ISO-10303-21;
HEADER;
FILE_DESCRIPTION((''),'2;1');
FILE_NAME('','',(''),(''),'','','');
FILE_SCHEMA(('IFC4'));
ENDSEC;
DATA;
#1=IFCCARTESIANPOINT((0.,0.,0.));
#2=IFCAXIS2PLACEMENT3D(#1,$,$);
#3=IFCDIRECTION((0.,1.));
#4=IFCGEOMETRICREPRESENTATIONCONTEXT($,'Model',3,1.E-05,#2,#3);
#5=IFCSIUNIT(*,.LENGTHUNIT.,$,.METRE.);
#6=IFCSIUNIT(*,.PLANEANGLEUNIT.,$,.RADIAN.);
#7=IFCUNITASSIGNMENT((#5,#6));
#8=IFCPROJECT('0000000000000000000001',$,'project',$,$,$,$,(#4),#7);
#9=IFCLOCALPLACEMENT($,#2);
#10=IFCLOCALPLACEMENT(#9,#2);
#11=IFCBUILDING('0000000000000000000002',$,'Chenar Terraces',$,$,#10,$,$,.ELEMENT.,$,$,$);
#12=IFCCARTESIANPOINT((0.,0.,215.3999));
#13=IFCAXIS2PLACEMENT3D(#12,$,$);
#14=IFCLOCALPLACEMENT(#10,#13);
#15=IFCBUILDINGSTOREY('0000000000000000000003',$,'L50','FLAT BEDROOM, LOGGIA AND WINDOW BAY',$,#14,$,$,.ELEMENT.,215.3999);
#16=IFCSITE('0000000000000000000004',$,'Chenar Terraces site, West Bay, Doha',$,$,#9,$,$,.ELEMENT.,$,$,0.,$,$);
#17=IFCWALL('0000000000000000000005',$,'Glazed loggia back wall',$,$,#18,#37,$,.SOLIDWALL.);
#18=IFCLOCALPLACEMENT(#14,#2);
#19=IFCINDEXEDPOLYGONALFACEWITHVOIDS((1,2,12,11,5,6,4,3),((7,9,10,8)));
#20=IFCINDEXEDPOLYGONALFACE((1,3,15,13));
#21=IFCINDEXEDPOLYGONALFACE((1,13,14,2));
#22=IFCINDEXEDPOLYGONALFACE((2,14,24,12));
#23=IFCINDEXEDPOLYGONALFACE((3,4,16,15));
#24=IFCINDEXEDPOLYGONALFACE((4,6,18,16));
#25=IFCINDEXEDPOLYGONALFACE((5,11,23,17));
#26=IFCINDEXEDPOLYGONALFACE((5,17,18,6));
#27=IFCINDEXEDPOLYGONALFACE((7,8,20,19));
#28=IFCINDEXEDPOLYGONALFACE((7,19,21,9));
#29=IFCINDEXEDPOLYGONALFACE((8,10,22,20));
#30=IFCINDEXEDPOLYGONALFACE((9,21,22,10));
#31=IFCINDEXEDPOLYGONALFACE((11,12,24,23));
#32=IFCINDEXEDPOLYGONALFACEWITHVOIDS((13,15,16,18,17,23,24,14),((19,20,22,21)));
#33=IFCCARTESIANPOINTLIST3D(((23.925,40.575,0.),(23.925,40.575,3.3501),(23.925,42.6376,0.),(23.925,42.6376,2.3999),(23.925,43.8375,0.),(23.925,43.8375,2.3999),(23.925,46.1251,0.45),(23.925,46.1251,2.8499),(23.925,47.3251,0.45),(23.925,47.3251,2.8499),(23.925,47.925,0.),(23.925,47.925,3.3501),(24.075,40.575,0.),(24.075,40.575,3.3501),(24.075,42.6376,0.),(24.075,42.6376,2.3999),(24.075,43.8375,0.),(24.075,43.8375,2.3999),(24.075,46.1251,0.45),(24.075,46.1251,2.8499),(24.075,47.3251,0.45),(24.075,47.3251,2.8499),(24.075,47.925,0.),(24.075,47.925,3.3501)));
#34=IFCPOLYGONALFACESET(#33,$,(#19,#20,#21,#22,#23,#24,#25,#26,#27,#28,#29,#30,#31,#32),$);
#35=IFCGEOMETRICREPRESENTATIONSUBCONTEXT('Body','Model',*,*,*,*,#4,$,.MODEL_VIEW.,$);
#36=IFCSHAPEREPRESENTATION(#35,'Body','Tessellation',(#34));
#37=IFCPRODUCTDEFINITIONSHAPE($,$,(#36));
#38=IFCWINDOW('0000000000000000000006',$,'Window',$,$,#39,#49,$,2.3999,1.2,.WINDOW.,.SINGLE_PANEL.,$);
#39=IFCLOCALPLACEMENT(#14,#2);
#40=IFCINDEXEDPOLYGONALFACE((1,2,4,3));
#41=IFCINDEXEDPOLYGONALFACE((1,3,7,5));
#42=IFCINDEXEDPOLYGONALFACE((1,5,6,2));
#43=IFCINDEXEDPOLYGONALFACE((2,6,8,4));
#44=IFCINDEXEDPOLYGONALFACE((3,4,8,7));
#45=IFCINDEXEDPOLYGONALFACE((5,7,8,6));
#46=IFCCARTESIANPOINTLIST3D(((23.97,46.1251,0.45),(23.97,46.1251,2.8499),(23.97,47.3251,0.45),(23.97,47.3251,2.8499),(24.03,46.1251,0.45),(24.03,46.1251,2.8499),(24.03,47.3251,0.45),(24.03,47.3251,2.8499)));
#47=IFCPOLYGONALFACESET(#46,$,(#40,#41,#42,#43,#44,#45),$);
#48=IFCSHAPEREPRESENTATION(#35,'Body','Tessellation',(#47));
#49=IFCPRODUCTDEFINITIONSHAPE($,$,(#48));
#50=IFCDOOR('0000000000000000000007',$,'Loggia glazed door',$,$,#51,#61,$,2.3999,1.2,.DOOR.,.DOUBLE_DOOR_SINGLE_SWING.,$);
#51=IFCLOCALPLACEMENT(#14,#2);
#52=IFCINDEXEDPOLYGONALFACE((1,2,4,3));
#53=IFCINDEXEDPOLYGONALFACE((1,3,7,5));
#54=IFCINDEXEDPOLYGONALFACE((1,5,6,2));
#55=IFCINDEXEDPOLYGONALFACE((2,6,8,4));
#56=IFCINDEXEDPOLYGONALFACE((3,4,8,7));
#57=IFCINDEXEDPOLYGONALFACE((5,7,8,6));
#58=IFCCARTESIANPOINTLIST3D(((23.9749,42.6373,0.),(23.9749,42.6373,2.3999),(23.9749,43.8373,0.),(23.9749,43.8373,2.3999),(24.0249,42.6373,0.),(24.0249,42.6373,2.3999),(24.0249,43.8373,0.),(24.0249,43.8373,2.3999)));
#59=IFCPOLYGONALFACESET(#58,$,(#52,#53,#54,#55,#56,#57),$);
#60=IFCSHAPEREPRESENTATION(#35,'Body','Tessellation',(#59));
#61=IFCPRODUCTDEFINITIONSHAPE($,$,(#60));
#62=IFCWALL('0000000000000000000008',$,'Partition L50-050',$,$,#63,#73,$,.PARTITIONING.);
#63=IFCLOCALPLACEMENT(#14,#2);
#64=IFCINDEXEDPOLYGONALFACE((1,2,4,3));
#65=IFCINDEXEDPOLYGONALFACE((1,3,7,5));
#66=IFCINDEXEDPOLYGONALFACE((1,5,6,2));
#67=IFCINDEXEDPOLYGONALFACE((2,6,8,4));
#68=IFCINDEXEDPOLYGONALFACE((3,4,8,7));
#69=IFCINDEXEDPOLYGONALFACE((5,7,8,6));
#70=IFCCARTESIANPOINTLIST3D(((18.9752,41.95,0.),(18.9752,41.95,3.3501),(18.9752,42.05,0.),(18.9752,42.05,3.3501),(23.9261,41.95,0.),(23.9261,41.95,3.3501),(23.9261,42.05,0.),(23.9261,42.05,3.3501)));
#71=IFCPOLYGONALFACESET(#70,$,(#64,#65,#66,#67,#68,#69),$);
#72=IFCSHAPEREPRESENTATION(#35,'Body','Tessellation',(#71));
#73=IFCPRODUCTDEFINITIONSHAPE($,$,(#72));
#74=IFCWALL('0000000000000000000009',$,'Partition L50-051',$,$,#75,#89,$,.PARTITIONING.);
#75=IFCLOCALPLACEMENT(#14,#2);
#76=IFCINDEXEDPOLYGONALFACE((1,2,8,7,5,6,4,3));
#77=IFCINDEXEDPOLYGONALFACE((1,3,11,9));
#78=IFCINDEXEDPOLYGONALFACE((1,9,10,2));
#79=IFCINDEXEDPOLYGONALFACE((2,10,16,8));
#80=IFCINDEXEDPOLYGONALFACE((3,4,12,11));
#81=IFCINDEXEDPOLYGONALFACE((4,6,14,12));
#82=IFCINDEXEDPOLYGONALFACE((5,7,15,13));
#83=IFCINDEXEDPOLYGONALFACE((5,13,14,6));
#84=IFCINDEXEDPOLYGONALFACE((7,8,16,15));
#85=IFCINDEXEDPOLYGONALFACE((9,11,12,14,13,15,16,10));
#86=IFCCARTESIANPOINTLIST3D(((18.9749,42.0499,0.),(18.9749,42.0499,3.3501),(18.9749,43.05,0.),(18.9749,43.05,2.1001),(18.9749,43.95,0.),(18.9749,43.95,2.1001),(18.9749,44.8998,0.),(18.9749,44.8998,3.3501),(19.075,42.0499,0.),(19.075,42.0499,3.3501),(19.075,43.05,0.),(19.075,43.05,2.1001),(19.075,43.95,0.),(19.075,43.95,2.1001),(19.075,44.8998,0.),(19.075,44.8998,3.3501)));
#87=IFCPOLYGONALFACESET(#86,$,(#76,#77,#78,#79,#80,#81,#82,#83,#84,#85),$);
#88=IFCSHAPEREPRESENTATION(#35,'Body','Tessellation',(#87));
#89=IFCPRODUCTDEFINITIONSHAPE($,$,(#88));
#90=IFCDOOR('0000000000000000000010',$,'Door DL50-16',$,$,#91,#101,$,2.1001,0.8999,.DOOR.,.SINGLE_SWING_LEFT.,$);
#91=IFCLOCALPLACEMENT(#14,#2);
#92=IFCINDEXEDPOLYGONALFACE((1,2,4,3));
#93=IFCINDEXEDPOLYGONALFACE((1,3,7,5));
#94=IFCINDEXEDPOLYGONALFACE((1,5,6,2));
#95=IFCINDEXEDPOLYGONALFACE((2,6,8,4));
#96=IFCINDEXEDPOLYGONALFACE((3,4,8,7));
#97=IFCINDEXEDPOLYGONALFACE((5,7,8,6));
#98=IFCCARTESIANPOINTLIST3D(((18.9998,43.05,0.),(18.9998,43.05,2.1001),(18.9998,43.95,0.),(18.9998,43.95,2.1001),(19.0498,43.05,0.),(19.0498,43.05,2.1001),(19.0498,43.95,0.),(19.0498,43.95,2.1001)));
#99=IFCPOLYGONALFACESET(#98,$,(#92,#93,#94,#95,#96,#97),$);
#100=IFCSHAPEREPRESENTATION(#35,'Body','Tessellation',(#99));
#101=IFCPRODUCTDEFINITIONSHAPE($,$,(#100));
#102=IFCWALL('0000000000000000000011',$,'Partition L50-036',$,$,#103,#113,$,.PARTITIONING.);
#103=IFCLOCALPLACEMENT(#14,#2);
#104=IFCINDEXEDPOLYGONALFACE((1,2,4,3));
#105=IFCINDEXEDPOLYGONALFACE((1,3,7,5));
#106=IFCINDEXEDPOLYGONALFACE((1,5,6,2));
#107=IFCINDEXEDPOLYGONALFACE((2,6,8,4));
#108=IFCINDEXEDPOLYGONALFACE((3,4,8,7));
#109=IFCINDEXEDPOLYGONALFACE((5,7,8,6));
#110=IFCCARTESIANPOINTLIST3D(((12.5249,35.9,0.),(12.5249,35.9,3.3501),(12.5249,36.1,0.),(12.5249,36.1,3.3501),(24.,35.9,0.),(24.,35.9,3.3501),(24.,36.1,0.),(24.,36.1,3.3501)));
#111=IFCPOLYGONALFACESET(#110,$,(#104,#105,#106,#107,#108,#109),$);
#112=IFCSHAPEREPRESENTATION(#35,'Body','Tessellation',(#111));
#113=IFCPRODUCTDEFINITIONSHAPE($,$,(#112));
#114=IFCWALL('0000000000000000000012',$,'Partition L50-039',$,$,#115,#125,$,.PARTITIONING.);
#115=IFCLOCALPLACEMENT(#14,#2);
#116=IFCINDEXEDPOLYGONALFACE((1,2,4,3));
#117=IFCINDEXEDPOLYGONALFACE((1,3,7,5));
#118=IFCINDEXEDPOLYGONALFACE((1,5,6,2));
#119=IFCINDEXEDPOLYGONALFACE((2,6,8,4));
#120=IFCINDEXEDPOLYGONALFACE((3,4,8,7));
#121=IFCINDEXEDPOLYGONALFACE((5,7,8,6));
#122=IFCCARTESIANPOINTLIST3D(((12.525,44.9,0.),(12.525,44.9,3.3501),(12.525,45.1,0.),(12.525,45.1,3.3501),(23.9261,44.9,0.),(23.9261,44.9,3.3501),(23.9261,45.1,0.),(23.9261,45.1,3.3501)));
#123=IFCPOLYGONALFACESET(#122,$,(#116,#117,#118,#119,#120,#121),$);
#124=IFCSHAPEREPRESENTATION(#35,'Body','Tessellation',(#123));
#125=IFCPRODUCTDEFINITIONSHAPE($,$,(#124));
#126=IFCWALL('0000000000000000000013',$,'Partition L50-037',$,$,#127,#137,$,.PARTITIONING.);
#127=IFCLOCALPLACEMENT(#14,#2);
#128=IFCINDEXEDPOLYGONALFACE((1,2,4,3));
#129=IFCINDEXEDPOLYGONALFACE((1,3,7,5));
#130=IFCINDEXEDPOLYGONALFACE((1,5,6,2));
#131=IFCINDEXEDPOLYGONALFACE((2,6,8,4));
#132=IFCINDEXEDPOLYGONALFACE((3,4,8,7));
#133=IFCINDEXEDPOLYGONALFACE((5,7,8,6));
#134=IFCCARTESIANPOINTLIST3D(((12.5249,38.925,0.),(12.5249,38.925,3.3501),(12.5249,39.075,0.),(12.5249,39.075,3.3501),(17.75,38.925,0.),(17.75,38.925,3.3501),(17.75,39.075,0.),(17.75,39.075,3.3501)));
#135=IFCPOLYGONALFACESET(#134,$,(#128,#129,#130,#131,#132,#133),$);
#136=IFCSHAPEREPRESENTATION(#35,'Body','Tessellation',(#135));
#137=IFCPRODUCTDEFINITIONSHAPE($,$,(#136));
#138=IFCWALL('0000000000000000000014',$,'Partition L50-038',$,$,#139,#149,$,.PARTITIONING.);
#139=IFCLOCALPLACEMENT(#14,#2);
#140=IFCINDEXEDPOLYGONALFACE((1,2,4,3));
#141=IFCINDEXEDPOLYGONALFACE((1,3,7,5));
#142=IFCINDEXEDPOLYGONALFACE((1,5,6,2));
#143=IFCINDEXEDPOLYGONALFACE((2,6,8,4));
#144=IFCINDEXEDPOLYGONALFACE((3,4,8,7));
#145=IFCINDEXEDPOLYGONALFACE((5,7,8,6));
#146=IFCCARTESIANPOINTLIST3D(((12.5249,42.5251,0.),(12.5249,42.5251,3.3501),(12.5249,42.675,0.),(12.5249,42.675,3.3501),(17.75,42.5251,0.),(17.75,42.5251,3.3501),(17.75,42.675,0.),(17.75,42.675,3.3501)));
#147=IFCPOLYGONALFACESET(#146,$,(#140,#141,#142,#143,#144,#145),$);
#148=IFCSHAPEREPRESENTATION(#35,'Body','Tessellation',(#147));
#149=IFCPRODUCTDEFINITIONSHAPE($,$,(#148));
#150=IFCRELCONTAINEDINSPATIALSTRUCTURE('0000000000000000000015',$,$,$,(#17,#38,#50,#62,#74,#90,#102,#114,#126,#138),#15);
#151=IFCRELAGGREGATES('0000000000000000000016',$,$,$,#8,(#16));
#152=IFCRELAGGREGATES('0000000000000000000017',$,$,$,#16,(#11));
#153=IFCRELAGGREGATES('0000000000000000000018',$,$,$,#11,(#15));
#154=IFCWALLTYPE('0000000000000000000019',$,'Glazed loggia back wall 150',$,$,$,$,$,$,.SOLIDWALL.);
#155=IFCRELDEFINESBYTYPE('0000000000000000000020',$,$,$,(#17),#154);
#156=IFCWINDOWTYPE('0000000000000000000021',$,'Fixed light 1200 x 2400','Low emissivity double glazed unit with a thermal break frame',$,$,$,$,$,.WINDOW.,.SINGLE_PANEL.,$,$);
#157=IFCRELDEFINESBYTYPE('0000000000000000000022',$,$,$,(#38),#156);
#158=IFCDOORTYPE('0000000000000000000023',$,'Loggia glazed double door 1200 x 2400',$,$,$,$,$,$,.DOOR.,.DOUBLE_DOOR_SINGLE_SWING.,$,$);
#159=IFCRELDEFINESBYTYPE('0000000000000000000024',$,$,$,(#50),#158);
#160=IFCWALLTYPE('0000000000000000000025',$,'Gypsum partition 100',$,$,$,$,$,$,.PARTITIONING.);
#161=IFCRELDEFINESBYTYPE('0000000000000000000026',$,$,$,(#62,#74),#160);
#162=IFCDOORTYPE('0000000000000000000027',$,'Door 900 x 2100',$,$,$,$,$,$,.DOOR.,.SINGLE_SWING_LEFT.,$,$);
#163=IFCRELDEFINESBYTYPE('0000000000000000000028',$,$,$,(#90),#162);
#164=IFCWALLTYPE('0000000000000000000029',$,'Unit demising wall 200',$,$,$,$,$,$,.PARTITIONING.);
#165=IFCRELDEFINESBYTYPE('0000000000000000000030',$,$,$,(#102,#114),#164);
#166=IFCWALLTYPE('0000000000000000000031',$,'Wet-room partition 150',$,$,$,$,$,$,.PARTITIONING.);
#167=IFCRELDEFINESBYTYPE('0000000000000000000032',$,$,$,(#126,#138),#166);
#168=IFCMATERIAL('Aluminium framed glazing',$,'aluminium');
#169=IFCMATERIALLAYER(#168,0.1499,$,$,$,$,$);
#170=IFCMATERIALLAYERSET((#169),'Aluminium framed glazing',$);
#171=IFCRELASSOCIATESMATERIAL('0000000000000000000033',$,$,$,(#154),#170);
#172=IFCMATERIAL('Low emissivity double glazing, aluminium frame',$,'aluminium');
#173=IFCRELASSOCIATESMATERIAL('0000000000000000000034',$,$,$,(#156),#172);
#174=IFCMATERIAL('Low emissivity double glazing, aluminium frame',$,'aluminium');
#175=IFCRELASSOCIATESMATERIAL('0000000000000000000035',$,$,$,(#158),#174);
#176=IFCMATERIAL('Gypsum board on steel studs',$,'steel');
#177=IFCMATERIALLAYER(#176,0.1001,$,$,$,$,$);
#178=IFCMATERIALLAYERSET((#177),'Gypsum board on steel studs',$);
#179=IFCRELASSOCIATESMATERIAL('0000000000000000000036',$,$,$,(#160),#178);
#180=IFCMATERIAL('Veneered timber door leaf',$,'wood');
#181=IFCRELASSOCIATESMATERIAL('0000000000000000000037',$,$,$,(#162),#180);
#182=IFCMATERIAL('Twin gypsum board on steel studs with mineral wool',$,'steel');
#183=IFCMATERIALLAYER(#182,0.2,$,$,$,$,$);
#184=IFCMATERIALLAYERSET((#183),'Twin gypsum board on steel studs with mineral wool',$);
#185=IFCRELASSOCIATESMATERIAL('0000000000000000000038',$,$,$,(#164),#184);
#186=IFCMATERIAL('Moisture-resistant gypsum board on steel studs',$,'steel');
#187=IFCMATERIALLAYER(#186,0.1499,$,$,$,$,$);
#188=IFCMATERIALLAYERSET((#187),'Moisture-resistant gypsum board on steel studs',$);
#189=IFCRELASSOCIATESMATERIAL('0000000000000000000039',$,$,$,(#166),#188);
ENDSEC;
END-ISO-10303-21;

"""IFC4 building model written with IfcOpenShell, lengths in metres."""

from ifc_helpers import new_model, si_unit, direction, frame, frame_2d, origin, place, context, subcontext, project, spatial, rectangle, extrude, material, layer, layer_set, type_object, element, fill, save


model = new_model("IFC4")

# Units and contexts
model_context = context("Model", 3, precision=1e-05, world=origin(), true_north=direction((0.0, 1.0)))
body_context = subcontext(model_context, "Body", "Model", "MODEL_VIEW")
ifc_project = project(units=[si_unit("LENGTHUNIT", "METRE"), si_unit("PLANEANGLEUNIT", "RADIAN")], contexts=[model_context])

# Site, building, storey
site_placement = place(None, origin())
site = spatial("IfcSite", under=ifc_project, at=site_placement, Name="Chenar Terraces site, West Bay, Doha", CompositionType="ELEMENT", RefElevation=0.0)
building_placement = place(site_placement, origin())
building = spatial("IfcBuilding", under=site, at=building_placement, Name="Chenar Terraces", CompositionType="ELEMENT")
storey_placement = place(building_placement, frame((0.0, 0.0, 215.3999)))
storey = spatial("IfcBuildingStorey", under=building, at=storey_placement, Name="L50", Description="FLAT BEDROOM, LOGGIA AND WINDOW BAY", CompositionType="ELEMENT", Elevation=215.3999)

# Wall, openings, window, door
ifc_material_1 = material(Name="Aluminium framed glazing", Category="aluminium")
ifc_layer_1 = layer(ifc_material_1, 0.1499)
ifc_layer_set_1 = layer_set([ifc_layer_1], Name="Aluminium framed glazing")
wall_type_1 = type_object("IfcWallType", Name="Glazed loggia back wall 150", PredefinedType="SOLIDWALL", material=ifc_layer_set_1)
wall_1_placement = place(storey_placement, frame((24.0, 40.575, 0.0), z_axis=(0.0, 0.0, 1.0), x_axis=(0.0, 1.0, 0.0)))
wall_1 = element("IfcWall", 1, at=wall_1_placement, inside=storey, type_object=wall_type_1, Name="Glazed loggia back wall", PredefinedType="SOLIDWALL", context=body_context, shape_type="SweptSolid", body=[
    extrude(rectangle(XDim=7.3501, YDim=0.1499, at=frame_2d((3.675, 0.0))), origin(), (0.0, 0.0, 1.0), 3.3501),
])
opening_1_placement = place(wall_1_placement, frame((2.0625, 0.0, 0.0)))
opening_1 = element("IfcOpeningElement", 2, at=opening_1_placement, cuts=wall_1, PredefinedType="OPENING", context=body_context, shape_type="SweptSolid", body=[
    extrude(rectangle(XDim=1.2, YDim=2.3999, at=frame_2d((0.6001, 1.2))), frame((0.0, 0.085, 0.0), z_axis=(0.0, -1.0, 0.0), x_axis=(1.0, 0.0, 0.0)), (0.0, 0.0, 1.0), 0.1699),
])
opening_2_placement = place(wall_1_placement, frame((5.55, 0.0, 0.45)))
opening_2 = element("IfcOpeningElement", 3, at=opening_2_placement, cuts=wall_1, PredefinedType="OPENING", context=body_context, shape_type="SweptSolid", body=[
    extrude(rectangle(XDim=1.2, YDim=2.3999, at=frame_2d((0.6001, 1.2))), frame((0.0, 0.085, 0.0), z_axis=(0.0, -1.0, 0.0), x_axis=(1.0, 0.0, 0.0)), (0.0, 0.0, 1.0), 0.1699),
])
ifc_material_2 = material(Name="Low emissivity double glazing, aluminium frame", Category="aluminium")
window_type = type_object("IfcWindowType", Name="Fixed light 1200 x 2400", Description="Low emissivity double glazed unit with a thermal break frame", PartitioningType="SINGLE_PANEL", PredefinedType="WINDOW", material=ifc_material_2)
window_placement = place(opening_2_placement, origin())
window = element("IfcWindow", 4, at=window_placement, inside=storey, type_object=window_type, Name="Window", OverallHeight=2.3999, OverallWidth=1.2, PartitioningType="SINGLE_PANEL", PredefinedType="WINDOW", context=body_context, shape_type="SweptSolid", body=[
    extrude(rectangle(XDim=1.2, YDim=2.3999, at=frame_2d((0.6001, 1.2))), frame((0.0, 0.03, 0.0), z_axis=(0.0, -1.0, 0.0), x_axis=(1.0, 0.0, 0.0)), (0.0, 0.0, 1.0), 0.0601),
])
fill(opening_2, window)
ifc_material_3 = material(Name="Low emissivity double glazing, aluminium frame", Category="aluminium")
door_type_1 = type_object("IfcDoorType", Name="Loggia glazed double door 1200 x 2400", OperationType="DOUBLE_DOOR_SINGLE_SWING", PredefinedType="DOOR", material=ifc_material_3)
door_1_placement = place(opening_1_placement, frame((1.2, 0.0, 0.0), z_axis=(0.0, 0.0, 1.0), x_axis=(-1.0, 0.0, 0.0)))
door_1 = element("IfcDoor", 5, at=door_1_placement, inside=storey, type_object=door_type_1, Name="Loggia glazed door", OperationType="DOUBLE_DOOR_SINGLE_SWING", OverallHeight=2.3999, OverallWidth=1.2, PredefinedType="DOOR", context=body_context, shape_type="SweptSolid", body=[
    extrude(rectangle(XDim=1.2, YDim=2.3999, at=frame_2d((0.6001, 1.2))), frame((0.0, 0.0249, 0.0), z_axis=(0.0, -1.0, 0.0), x_axis=(1.0, 0.0, 0.0)), (0.0, 0.0, 1.0), 0.05),
])
fill(opening_1, door_1)

# Wall
ifc_material_4 = material(Name="Gypsum board on steel studs", Category="steel")
ifc_layer_2 = layer(ifc_material_4, 0.1001)
ifc_layer_set_2 = layer_set([ifc_layer_2], Name="Gypsum board on steel studs")
wall_type_2 = type_object("IfcWallType", Name="Gypsum partition 100", PredefinedType="PARTITIONING", material=ifc_layer_set_2)
wall_2_placement = place(storey_placement, frame((18.9751, 42.0, 0.0), z_axis=(0.0, 0.0, 1.0), x_axis=(1.0, 0.0, 0.0)))
element("IfcWall", 6, at=wall_2_placement, inside=storey, type_object=wall_type_2, Name="Partition L50-050", PredefinedType="PARTITIONING", context=body_context, shape_type="SweptSolid", body=[
    extrude(rectangle(XDim=4.9509, YDim=0.1001, at=frame_2d((2.4756, 0.0))), origin(), (0.0, 0.0, 1.0), 3.3501),
])

# Wall, opening, door
wall_3_placement = place(storey_placement, frame((19.0249, 42.05, 0.0), z_axis=(0.0, 0.0, 1.0), x_axis=(0.0, 1.0, 0.0)))
wall_3 = element("IfcWall", 7, at=wall_3_placement, inside=storey, type_object=wall_type_2, Name="Partition L50-051", PredefinedType="PARTITIONING", context=body_context, shape_type="SweptSolid", body=[
    extrude(rectangle(XDim=2.8499, YDim=0.1001, at=frame_2d((1.4248, 0.0))), origin(), (0.0, 0.0, 1.0), 3.3501),
])
opening_3_placement = place(wall_3_placement, frame((1.0, 0.0, 0.0)))
opening_3 = element("IfcOpeningElement", 8, at=opening_3_placement, cuts=wall_3, PredefinedType="OPENING", context=body_context, shape_type="SweptSolid", body=[
    extrude(rectangle(XDim=0.8999, YDim=2.1001, at=frame_2d((0.45, 1.05))), frame((0.0, 0.0601, 0.0), z_axis=(0.0, -1.0, 0.0), x_axis=(1.0, 0.0, 0.0)), (0.0, 0.0, 1.0), 0.1201),
])
ifc_material_5 = material(Name="Veneered timber door leaf", Category="wood")
door_type_2 = type_object("IfcDoorType", Name="Door 900 x 2100", OperationType="SINGLE_SWING_LEFT", PredefinedType="DOOR", material=ifc_material_5)
door_2_placement = place(opening_3_placement, frame((0.8999, 0.0, 0.0), z_axis=(0.0, 0.0, 1.0), x_axis=(-1.0, 0.0, 0.0)))
door_2 = element("IfcDoor", 9, at=door_2_placement, inside=storey, type_object=door_type_2, Name="Door DL50-16", OperationType="SINGLE_SWING_LEFT", OverallHeight=2.1001, OverallWidth=0.8999, PredefinedType="DOOR", context=body_context, shape_type="SweptSolid", body=[
    extrude(rectangle(XDim=0.8999, YDim=2.1001, at=frame_2d((0.45, 1.05))), frame((0.0, 0.0249, 0.0), z_axis=(0.0, -1.0, 0.0), x_axis=(1.0, 0.0, 0.0)), (0.0, 0.0, 1.0), 0.05),
])
fill(opening_3, door_2)

# Walls
ifc_material_6 = material(Name="Twin gypsum board on steel studs with mineral wool", Category="steel")
ifc_layer_3 = layer(ifc_material_6, 0.2)
ifc_layer_set_3 = layer_set([ifc_layer_3], Name="Twin gypsum board on steel studs with mineral wool")
wall_type_3 = type_object("IfcWallType", Name="Unit demising wall 200", PredefinedType="PARTITIONING", material=ifc_layer_set_3)
wall_4_placement = place(storey_placement, frame((12.5249, 36.0, 0.0), z_axis=(0.0, 0.0, 1.0), x_axis=(1.0, 0.0, 0.0)))
element("IfcWall", 10, at=wall_4_placement, inside=storey, type_object=wall_type_3, Name="Partition L50-036", PredefinedType="PARTITIONING", context=body_context, shape_type="SweptSolid", body=[
    extrude(rectangle(XDim=11.4751, YDim=0.2, at=frame_2d((5.7375, 0.0))), origin(), (0.0, 0.0, 1.0), 3.3501),
])
wall_5_placement = place(storey_placement, frame((12.5249, 45.0, 0.0), z_axis=(0.0, 0.0, 1.0), x_axis=(1.0, 0.0, 0.0)))
element("IfcWall", 11, at=wall_5_placement, inside=storey, type_object=wall_type_3, Name="Partition L50-039", PredefinedType="PARTITIONING", context=body_context, shape_type="SweptSolid", body=[
    extrude(rectangle(XDim=11.4011, YDim=0.2, at=frame_2d((5.7007, 0.0))), origin(), (0.0, 0.0, 1.0), 3.3501),
])
ifc_material_7 = material(Name="Moisture-resistant gypsum board on steel studs", Category="steel")
ifc_layer_4 = layer(ifc_material_7, 0.1499)
ifc_layer_set_4 = layer_set([ifc_layer_4], Name="Moisture-resistant gypsum board on steel studs")
wall_type_4 = type_object("IfcWallType", Name="Wet-room partition 150", PredefinedType="PARTITIONING", material=ifc_layer_set_4)
for number, where, z_axis, x_axis, name in (
    (12, (12.5249, 39.0, 0.0), (0.0, 0.0, 1.0), (1.0, 0.0, 0.0), "Partition L50-037"),
    (13, (12.5249, 42.6001, 0.0), (0.0, 0.0, 1.0), (1.0, 0.0, 0.0), "Partition L50-038"),
):
    element("IfcWall", number, at=place(storey_placement, frame(where, z_axis=z_axis, x_axis=x_axis)), inside=storey, type_object=wall_type_4, Name=name, PredefinedType="PARTITIONING", context=body_context, shape_type="SweptSolid", body=[
        extrude(rectangle(XDim=5.2251, YDim=0.1499, at=frame_2d((2.6125, 0.0))), origin(), (0.0, 0.0, 1.0), 3.3501),
    ])

save(model, "model.ifc")
